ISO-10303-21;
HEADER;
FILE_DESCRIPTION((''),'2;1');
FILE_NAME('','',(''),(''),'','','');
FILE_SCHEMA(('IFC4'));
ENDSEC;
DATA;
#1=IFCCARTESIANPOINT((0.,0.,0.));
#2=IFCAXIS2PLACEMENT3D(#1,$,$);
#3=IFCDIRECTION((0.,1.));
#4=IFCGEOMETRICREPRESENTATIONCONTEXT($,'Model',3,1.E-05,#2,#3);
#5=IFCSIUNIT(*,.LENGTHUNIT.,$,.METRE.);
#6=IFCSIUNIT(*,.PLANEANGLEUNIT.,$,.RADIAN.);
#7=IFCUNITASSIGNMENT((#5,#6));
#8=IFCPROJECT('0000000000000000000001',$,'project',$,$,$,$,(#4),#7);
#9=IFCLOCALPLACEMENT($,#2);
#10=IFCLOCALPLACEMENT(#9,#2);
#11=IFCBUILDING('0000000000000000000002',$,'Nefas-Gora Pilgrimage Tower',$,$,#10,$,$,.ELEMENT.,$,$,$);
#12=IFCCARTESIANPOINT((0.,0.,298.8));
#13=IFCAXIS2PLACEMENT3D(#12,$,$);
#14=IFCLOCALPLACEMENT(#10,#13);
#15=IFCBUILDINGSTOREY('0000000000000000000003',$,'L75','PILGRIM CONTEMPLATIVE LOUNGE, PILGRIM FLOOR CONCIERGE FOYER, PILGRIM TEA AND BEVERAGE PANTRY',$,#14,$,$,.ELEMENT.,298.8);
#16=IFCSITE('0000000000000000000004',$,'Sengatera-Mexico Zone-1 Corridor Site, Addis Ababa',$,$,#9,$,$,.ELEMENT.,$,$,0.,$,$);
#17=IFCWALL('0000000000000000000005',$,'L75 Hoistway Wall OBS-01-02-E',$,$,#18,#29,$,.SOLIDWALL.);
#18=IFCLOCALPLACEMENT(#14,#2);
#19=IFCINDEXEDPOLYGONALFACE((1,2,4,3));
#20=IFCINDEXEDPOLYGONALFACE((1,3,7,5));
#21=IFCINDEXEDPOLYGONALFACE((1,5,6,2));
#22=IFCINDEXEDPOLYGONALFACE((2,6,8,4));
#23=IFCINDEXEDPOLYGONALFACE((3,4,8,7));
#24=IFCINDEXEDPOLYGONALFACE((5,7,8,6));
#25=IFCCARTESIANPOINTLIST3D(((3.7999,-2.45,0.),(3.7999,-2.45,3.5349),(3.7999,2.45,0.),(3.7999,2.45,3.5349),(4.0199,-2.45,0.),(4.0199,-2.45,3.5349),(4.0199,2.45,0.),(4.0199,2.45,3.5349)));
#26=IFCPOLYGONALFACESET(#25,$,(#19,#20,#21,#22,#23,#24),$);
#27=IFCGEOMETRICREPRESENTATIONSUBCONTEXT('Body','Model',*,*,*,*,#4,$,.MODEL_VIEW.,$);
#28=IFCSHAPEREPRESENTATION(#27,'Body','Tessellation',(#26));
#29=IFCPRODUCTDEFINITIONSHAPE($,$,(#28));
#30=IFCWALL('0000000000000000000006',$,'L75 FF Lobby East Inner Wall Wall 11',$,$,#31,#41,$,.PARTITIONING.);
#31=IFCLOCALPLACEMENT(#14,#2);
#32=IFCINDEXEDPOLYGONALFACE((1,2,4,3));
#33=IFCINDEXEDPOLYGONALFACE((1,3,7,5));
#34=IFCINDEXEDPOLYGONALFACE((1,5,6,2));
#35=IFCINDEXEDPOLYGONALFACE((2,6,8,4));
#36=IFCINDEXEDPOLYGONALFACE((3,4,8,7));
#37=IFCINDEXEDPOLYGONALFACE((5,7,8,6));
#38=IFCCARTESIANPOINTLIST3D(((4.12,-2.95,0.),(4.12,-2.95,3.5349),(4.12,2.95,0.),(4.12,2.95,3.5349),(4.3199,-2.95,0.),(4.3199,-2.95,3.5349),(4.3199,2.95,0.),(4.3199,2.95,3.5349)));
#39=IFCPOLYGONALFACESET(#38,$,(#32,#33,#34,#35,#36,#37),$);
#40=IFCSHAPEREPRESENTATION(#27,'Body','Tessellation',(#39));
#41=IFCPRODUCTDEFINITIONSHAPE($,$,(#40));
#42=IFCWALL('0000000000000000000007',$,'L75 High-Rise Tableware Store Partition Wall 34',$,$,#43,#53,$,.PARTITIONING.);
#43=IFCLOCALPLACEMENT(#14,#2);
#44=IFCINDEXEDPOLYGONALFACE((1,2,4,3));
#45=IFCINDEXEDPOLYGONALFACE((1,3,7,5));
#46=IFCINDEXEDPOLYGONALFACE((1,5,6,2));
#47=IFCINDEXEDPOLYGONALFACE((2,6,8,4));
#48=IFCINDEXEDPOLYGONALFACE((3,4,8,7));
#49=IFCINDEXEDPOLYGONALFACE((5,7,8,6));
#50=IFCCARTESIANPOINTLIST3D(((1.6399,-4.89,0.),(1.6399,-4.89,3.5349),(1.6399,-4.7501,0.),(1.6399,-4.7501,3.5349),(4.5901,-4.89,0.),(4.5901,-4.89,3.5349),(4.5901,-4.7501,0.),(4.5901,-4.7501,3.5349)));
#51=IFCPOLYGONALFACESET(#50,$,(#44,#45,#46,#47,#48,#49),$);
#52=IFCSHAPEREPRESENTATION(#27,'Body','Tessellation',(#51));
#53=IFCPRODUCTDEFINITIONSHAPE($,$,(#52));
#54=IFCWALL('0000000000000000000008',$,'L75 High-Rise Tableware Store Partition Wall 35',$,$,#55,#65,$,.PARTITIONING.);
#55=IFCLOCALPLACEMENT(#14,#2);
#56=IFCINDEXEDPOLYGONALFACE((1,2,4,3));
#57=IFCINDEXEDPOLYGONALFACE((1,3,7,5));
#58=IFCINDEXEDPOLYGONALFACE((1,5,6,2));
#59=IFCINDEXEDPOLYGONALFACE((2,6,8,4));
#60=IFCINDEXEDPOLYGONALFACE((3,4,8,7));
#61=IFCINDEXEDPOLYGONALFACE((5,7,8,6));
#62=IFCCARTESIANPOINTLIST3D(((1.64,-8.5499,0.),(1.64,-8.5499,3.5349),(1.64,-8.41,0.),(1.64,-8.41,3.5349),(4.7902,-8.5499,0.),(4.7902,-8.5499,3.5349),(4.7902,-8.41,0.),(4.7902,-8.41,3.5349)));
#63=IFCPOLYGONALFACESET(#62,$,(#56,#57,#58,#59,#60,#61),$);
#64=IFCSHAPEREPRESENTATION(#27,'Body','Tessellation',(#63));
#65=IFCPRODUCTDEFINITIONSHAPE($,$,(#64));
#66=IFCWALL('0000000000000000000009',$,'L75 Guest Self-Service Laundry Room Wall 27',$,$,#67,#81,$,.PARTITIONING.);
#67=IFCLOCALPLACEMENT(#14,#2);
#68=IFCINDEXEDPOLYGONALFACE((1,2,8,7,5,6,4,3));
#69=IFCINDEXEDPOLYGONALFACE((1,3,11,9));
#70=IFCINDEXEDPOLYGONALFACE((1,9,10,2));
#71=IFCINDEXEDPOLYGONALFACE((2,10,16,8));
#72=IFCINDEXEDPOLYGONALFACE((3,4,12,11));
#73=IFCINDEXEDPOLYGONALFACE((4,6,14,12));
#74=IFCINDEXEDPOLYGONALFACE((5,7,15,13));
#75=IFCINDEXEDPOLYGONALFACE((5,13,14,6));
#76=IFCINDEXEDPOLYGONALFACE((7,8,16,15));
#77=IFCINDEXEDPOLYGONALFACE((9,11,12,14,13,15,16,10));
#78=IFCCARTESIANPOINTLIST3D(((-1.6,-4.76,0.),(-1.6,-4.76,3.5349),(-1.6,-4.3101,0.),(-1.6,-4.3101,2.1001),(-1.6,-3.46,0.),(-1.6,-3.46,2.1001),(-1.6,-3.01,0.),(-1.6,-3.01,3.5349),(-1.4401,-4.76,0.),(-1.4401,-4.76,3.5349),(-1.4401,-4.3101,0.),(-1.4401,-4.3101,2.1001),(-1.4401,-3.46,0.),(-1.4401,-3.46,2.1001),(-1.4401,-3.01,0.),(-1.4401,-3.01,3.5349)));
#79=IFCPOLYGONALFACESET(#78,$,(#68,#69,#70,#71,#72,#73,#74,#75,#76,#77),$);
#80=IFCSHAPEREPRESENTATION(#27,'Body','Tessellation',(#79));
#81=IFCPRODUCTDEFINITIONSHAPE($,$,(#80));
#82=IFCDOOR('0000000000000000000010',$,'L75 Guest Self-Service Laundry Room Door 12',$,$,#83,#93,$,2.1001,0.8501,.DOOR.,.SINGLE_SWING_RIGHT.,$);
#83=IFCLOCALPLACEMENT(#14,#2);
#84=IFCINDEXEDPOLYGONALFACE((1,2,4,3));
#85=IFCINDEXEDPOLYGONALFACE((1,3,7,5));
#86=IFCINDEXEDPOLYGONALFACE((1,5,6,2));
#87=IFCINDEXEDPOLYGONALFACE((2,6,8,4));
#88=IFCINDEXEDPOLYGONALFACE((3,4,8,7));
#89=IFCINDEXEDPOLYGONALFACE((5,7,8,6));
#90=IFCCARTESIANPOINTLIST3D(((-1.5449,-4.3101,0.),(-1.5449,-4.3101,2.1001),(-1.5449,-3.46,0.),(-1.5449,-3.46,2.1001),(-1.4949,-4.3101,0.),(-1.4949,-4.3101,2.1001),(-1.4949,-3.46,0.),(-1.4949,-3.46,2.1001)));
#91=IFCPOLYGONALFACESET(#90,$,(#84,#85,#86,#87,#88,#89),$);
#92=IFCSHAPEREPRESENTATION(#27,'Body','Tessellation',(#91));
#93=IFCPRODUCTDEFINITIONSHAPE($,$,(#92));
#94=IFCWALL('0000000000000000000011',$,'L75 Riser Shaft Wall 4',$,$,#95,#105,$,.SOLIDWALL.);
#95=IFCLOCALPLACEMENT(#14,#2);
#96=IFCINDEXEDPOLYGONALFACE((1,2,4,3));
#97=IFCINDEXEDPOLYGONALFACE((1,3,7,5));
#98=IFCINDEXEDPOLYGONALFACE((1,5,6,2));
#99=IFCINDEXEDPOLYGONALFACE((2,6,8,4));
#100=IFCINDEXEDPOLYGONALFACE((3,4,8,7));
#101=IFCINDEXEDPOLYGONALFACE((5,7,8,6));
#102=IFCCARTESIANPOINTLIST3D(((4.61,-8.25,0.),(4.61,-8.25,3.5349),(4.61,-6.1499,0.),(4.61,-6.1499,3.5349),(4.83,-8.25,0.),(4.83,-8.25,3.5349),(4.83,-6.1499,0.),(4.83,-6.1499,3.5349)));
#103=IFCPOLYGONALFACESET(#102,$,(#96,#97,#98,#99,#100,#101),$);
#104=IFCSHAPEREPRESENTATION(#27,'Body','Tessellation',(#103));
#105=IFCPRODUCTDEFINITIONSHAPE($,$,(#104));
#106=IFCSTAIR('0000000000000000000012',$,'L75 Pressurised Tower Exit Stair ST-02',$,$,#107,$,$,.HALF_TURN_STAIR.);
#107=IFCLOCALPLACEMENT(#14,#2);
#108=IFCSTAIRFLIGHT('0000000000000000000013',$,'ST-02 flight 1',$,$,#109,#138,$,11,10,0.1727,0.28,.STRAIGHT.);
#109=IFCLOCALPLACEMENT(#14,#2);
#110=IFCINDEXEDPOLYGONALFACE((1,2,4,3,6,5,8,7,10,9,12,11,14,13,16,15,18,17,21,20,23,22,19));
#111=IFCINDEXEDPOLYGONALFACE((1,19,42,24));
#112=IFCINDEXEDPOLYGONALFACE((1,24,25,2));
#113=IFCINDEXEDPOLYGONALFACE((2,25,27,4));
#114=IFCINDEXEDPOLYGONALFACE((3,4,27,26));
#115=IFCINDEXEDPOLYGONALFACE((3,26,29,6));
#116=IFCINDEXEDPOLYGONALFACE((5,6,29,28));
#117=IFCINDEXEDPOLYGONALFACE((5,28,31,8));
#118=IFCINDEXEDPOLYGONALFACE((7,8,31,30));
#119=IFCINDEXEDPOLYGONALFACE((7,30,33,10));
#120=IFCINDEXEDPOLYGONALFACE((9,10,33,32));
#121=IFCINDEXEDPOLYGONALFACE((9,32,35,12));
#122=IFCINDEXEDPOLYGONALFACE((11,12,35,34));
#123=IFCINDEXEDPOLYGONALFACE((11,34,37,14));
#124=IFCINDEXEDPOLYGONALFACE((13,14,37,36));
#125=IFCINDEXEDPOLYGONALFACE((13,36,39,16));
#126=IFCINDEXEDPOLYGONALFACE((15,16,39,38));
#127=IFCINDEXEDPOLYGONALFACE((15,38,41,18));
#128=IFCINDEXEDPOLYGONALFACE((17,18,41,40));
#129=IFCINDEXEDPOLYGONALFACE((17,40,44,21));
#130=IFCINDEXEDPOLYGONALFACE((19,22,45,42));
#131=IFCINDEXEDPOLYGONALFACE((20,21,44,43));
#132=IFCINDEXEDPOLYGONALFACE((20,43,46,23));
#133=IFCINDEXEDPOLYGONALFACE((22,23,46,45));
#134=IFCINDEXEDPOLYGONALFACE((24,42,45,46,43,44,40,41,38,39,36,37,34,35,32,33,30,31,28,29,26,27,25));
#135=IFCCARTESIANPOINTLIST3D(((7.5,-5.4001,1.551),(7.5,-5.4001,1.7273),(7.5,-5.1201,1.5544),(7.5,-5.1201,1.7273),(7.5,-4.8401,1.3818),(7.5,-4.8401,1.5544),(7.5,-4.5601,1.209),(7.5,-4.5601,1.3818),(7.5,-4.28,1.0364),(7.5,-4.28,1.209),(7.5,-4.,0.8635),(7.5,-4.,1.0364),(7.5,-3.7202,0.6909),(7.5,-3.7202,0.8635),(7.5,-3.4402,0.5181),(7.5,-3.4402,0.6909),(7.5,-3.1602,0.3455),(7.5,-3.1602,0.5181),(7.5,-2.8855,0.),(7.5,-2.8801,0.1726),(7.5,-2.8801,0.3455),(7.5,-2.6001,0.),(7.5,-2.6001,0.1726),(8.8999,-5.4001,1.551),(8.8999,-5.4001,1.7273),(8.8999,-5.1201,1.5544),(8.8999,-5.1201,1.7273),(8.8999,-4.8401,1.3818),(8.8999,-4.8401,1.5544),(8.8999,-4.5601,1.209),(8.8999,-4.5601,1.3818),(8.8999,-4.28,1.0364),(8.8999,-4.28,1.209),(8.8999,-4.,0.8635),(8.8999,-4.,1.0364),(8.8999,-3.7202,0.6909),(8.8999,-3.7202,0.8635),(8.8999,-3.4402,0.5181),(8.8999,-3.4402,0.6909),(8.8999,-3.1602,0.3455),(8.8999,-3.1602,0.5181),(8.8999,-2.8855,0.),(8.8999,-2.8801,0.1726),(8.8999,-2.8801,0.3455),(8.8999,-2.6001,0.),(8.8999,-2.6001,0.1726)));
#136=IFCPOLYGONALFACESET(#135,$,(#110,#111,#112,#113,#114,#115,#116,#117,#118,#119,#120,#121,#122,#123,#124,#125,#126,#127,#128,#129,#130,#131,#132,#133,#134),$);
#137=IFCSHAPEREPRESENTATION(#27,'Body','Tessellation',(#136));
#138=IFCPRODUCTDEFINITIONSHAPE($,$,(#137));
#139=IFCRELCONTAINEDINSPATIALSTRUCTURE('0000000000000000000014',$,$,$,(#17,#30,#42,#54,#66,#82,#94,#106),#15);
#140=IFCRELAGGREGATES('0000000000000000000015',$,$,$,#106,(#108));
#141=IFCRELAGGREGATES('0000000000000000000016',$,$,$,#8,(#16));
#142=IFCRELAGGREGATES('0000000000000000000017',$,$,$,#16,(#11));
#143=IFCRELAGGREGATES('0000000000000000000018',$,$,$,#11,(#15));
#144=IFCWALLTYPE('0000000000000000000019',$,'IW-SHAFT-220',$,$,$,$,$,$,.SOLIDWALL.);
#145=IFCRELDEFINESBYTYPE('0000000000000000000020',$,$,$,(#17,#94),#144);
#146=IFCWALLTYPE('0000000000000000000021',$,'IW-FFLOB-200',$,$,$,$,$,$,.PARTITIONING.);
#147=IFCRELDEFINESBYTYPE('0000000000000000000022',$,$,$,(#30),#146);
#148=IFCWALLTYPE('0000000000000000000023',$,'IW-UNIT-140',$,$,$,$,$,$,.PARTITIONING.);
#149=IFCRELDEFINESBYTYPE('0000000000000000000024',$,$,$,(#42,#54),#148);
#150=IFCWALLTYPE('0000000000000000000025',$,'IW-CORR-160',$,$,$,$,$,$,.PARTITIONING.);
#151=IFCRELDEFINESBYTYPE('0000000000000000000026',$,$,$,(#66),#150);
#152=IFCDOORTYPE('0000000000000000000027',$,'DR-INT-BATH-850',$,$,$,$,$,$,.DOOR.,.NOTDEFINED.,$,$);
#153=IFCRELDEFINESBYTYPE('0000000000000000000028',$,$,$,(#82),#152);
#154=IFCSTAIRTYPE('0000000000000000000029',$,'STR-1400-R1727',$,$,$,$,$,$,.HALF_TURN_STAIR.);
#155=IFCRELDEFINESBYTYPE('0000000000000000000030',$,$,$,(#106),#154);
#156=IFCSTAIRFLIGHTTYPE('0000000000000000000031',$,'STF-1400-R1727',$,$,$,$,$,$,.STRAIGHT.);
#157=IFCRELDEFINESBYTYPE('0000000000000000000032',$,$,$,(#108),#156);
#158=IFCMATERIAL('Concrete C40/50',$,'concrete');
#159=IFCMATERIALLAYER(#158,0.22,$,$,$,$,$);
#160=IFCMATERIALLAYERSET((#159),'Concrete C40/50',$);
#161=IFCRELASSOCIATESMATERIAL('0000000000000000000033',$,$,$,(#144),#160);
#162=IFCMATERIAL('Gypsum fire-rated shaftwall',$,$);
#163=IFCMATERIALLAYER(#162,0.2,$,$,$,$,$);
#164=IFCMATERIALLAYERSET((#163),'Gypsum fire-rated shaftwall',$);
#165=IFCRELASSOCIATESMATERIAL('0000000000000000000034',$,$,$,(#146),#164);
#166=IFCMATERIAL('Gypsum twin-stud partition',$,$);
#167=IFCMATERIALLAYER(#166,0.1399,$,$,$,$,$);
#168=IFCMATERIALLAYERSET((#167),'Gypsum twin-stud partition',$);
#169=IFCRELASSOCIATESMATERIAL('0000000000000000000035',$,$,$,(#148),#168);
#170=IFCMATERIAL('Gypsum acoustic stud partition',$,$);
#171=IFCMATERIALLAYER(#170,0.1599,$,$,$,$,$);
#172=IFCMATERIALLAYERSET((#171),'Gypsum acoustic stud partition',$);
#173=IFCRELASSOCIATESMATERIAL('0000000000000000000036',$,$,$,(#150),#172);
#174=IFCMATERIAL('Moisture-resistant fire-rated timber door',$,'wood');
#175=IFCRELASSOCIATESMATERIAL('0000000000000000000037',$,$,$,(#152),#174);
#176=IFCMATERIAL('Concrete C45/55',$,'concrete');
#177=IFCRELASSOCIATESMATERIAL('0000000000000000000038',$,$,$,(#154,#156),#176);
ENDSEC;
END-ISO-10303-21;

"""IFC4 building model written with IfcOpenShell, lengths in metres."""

from ifc_helpers import new_model, si_unit, direction, frame, frame_2d, origin, place, context, subcontext, project, spatial, polyline, rectangle, outline, extrude, source, transform, mapped, material, layer, layer_set, type_object, element, fill, aggregate, save


model = new_model("IFC4")

# Units and contexts
model_context = context("Model", 3, precision=1e-05, world=origin(), true_north=direction((0.0, 1.0)))
body_context = subcontext(model_context, "Body", "Model", "MODEL_VIEW")
ifc_project = project(units=[si_unit("LENGTHUNIT", "METRE"), si_unit("PLANEANGLEUNIT", "RADIAN")], contexts=[model_context])

# Site, building, storey
site_placement = place(None, origin())
site = spatial("IfcSite", under=ifc_project, at=site_placement, Name="Sengatera-Mexico Zone-1 Corridor Site, Addis Ababa", CompositionType="ELEMENT", RefElevation=0.0)
building_placement = place(site_placement, origin())
building = spatial("IfcBuilding", under=site, at=building_placement, Name="Nefas-Gora Pilgrimage Tower", CompositionType="ELEMENT")
storey_placement = place(building_placement, frame((0.0, 0.0, 298.8)))
storey = spatial("IfcBuildingStorey", under=building, at=storey_placement, Name="L75", Description="PILGRIM CONTEMPLATIVE LOUNGE, PILGRIM FLOOR CONCIERGE FOYER, PILGRIM TEA AND BEVERAGE PANTRY", CompositionType="ELEMENT", Elevation=298.8)

# Shared definitions
ifc_material_1 = material(Name="Concrete C40/50", Category="concrete")

# Shared definitions
ifc_material_2 = material(Name="Concrete C45/55", Category="concrete")

# Shared definitions
ifc_layer_1 = layer(ifc_material_1, 0.22)
ifc_layer_set_1 = layer_set([ifc_layer_1], Name="Concrete C40/50")
wall_type_1 = type_object("IfcWallType", Name="IW-SHAFT-220", PredefinedType="SOLIDWALL", material=ifc_layer_set_1)

# Walls
shared_shape_1 = source(origin(), body_context, "Body", "SweptSolid", [
    extrude(rectangle(XDim=4.8999, YDim=0.22, at=frame_2d((2.45, 0.0))), origin(), (0.0, 0.0, 1.0), 3.5349),
])
wall_1_placement = place(storey_placement, frame((3.9099, -2.45, 0.0), z_axis=(0.0, 0.0, 1.0), x_axis=(0.0, 1.0, 0.0)))
element("IfcWall", 1, at=wall_1_placement, inside=storey, type_object=wall_type_1, Name="L75 Hoistway Wall OBS-01-02-E", PredefinedType="SOLIDWALL", context=body_context, shape_type="MappedRepresentation", body=[
    mapped(shared_shape_1, transform((0.0, 0.0, 0.0), x_axis=(1.0, 0.0, 0.0), y_axis=(0.0, 1.0, 0.0), z_axis=(0.0, 0.0, 1.0), scale=1.0)),
])
ifc_material_3 = material(Name="Gypsum fire-rated shaftwall")
ifc_layer_2 = layer(ifc_material_3, 0.2)
ifc_layer_set_2 = layer_set([ifc_layer_2], Name="Gypsum fire-rated shaftwall")
wall_type_2 = type_object("IfcWallType", Name="IW-FFLOB-200", PredefinedType="PARTITIONING", material=ifc_layer_set_2)
shared_shape_2 = source(origin(), body_context, "Body", "SweptSolid", [
    extrude(rectangle(XDim=5.8999, YDim=0.2, at=frame_2d((2.95, 0.0))), origin(), (0.0, 0.0, 1.0), 3.5349),
])
wall_2_placement = place(storey_placement, frame((4.22, -2.95, 0.0), z_axis=(0.0, 0.0, 1.0), x_axis=(0.0, 1.0, 0.0)))
element("IfcWall", 2, at=wall_2_placement, inside=storey, type_object=wall_type_2, Name="L75 FF Lobby East Inner Wall Wall 11", PredefinedType="PARTITIONING", context=body_context, shape_type="MappedRepresentation", body=[
    mapped(shared_shape_2, transform((0.0, 0.0, 0.0), x_axis=(1.0, 0.0, 0.0), y_axis=(0.0, 1.0, 0.0), z_axis=(0.0, 0.0, 1.0), scale=1.0)),
])
ifc_material_4 = material(Name="Gypsum twin-stud partition")
ifc_layer_3 = layer(ifc_material_4, 0.1399)
ifc_layer_set_3 = layer_set([ifc_layer_3], Name="Gypsum twin-stud partition")
wall_type_3 = type_object("IfcWallType", Name="IW-UNIT-140", PredefinedType="PARTITIONING", material=ifc_layer_set_3)
shared_shape_3 = source(origin(), body_context, "Body", "SweptSolid", [
    extrude(rectangle(XDim=2.9502, YDim=0.1399, at=frame_2d((1.4751, 0.0))), origin(), (0.0, 0.0, 1.0), 3.5349),
])
wall_3_placement = place(storey_placement, frame((1.6399, -4.8201, 0.0), z_axis=(0.0, 0.0, 1.0), x_axis=(1.0, 0.0, 0.0)))
element("IfcWall", 3, at=wall_3_placement, inside=storey, type_object=wall_type_3, Name="L75 High-Rise Tableware Store Partition Wall 34", PredefinedType="PARTITIONING", context=body_context, shape_type="MappedRepresentation", body=[
    mapped(shared_shape_3, transform((0.0, 0.0, 0.0), x_axis=(1.0, 0.0, 0.0), y_axis=(0.0, 1.0, 0.0), z_axis=(0.0, 0.0, 1.0), scale=1.0)),
])
shared_shape_4 = source(origin(), body_context, "Body", "SweptSolid", [
    extrude(rectangle(XDim=3.1501, YDim=0.1399, at=frame_2d((1.5752, 0.0))), origin(), (0.0, 0.0, 1.0), 3.5349),
])
wall_4_placement = place(storey_placement, frame((1.6399, -8.48, 0.0), z_axis=(0.0, 0.0, 1.0), x_axis=(1.0, 0.0, 0.0)))
element("IfcWall", 4, at=wall_4_placement, inside=storey, type_object=wall_type_3, Name="L75 High-Rise Tableware Store Partition Wall 35", PredefinedType="PARTITIONING", context=body_context, shape_type="MappedRepresentation", body=[
    mapped(shared_shape_4, transform((0.0, 0.0, 0.0), x_axis=(1.0, 0.0, 0.0), y_axis=(0.0, 1.0, 0.0), z_axis=(0.0, 0.0, 1.0), scale=1.0)),
])

# Wall, opening, door
ifc_material_5 = material(Name="Gypsum acoustic stud partition")
ifc_layer_4 = layer(ifc_material_5, 0.1599)
ifc_layer_set_4 = layer_set([ifc_layer_4], Name="Gypsum acoustic stud partition")
wall_type_4 = type_object("IfcWallType", Name="IW-CORR-160", PredefinedType="PARTITIONING", material=ifc_layer_set_4)
shared_shape_5 = source(origin(), body_context, "Body", "SweptSolid", [
    extrude(rectangle(XDim=1.75, YDim=0.1599, at=frame_2d((0.875, 0.0))), origin(), (0.0, 0.0, 1.0), 3.5349),
])
wall_5_placement = place(storey_placement, frame((-1.52, -4.76, 0.0), z_axis=(0.0, 0.0, 1.0), x_axis=(0.0, 1.0, 0.0)))
wall_5 = element("IfcWall", 5, at=wall_5_placement, inside=storey, type_object=wall_type_4, Name="L75 Guest Self-Service Laundry Room Wall 27", PredefinedType="PARTITIONING", context=body_context, shape_type="MappedRepresentation", body=[
    mapped(shared_shape_5, transform((0.0, 0.0, 0.0), x_axis=(1.0, 0.0, 0.0), y_axis=(0.0, 1.0, 0.0), z_axis=(0.0, 0.0, 1.0), scale=1.0)),
])
opening_1_placement = place(wall_5_placement, frame((0.45, 0.0, 0.0)))
opening_1 = element("IfcOpeningElement", 6, at=opening_1_placement, cuts=wall_5, PredefinedType="OPENING", context=body_context, shape_type="SweptSolid", body=[
    extrude(rectangle(XDim=0.8501, YDim=2.1001, at=frame_2d((0.425, 1.05))), frame((0.0, 0.0898, 0.0), z_axis=(0.0, -1.0, 0.0), x_axis=(1.0, 0.0, 0.0)), (0.0, 0.0, 1.0), 0.1799),
])
ifc_material_6 = material(Name="Moisture-resistant fire-rated timber door", Category="wood")
door_type_1 = type_object("IfcDoorType", Name="DR-INT-BATH-850", OperationType="NOTDEFINED", PredefinedType="DOOR", material=ifc_material_6)
shared_shape_6 = source(origin(), body_context, "Body", "SweptSolid", [
    extrude(rectangle(XDim=0.8501, YDim=2.1001, at=frame_2d((0.425, 1.05))), frame((0.0, 0.0249, 0.0), z_axis=(0.0, -1.0, 0.0), x_axis=(1.0, 0.0, 0.0)), (0.0, 0.0, 1.0), 0.05),
])
door_1_placement = place(opening_1_placement, origin())
door_1 = element("IfcDoor", 7, at=door_1_placement, inside=storey, type_object=door_type_1, Name="L75 Guest Self-Service Laundry Room Door 12", OperationType="SINGLE_SWING_RIGHT", OverallHeight=2.1001, OverallWidth=0.8501, PredefinedType="DOOR", context=body_context, shape_type="MappedRepresentation", body=[
    mapped(shared_shape_6, transform((0.0, 0.0, 0.0), x_axis=(1.0, 0.0, 0.0), y_axis=(0.0, 1.0, 0.0), z_axis=(0.0, 0.0, 1.0), scale=1.0)),
])
fill(opening_1, door_1)

# Wall
shared_shape_7 = source(origin(), body_context, "Body", "SweptSolid", [
    extrude(rectangle(XDim=2.1001, YDim=0.22, at=frame_2d((1.05, 0.0))), origin(), (0.0, 0.0, 1.0), 3.5349),
])
wall_6_placement = place(storey_placement, frame((4.72, -8.25, 0.0), z_axis=(0.0, 0.0, 1.0), x_axis=(0.0, 1.0, 0.0)))
element("IfcWall", 8, at=wall_6_placement, inside=storey, type_object=wall_type_1, Name="L75 Riser Shaft Wall 4", PredefinedType="SOLIDWALL", context=body_context, shape_type="MappedRepresentation", body=[
    mapped(shared_shape_7, transform((0.0, 0.0, 0.0), x_axis=(1.0, 0.0, 0.0), y_axis=(0.0, 1.0, 0.0), z_axis=(0.0, 0.0, 1.0), scale=1.0)),
])

# Stair, stair flight
stair_type = type_object("IfcStairType", Name="STR-1400-R1727", PredefinedType="HALF_TURN_STAIR", material=ifc_material_2)
stair_placement = place(storey_placement, origin())
stair = element("IfcStair", 9, at=stair_placement, inside=storey, type_object=stair_type, Name="L75 Pressurised Tower Exit Stair ST-02", PredefinedType="HALF_TURN_STAIR")
stair_flight_type = type_object("IfcStairFlightType", Name="STF-1400-R1727", PredefinedType="STRAIGHT", material=ifc_material_2)
shared_shape_8 = source(origin(), body_context, "Body", "SweptSolid", [
    extrude(outline(polyline([(0.0, 0.0), (0.0, 0.1726), (0.28, 0.1726), (0.28, 0.3455), (0.5601, 0.3455), (0.5601, 0.5181), (0.8401, 0.5181), (0.8401, 0.6909), (1.1201, 0.6909), (1.1201, 0.8635), (1.3999, 0.8635), (1.3999, 1.0364), (1.6799, 1.0364), (1.6799, 1.209), (1.96, 1.209), (1.96, 1.3818), (2.24, 1.3818), (2.24, 1.5544), (2.52, 1.5544), (2.52, 1.7273), (2.8, 1.7273), (2.8, 1.8999), (2.8, 1.551), (0.2854, 0.0), (0.0, 0.0)])), frame((0.0, 0.7, 0.0), z_axis=(0.0, -1.0, 0.0), x_axis=(1.0, 0.0, 0.0)), (0.0, 0.0, 1.0), 1.3999),
])
stair_flight_placement = place(storey_placement, frame((8.2, -2.6001, 0.0), z_axis=(0.0, 0.0, 1.0), x_axis=(0.0, -1.0, 0.0)))
stair_flight = element("IfcStairFlight", 10, at=stair_flight_placement, type_object=stair_flight_type, Name="ST-02 flight 1", NumberOfRisers=11, NumberOfTreads=10, PredefinedType="STRAIGHT", RiserHeight=0.1727, TreadLength=0.28, context=body_context, shape_type="MappedRepresentation", body=[
    mapped(shared_shape_8, transform((0.0, 0.0, 0.0), x_axis=(1.0, 0.0, 0.0), y_axis=(0.0, 1.0, 0.0), z_axis=(0.0, 0.0, 1.0), scale=1.0)),
])
aggregate(stair, [stair_flight])

save(model, "model.ifc")
